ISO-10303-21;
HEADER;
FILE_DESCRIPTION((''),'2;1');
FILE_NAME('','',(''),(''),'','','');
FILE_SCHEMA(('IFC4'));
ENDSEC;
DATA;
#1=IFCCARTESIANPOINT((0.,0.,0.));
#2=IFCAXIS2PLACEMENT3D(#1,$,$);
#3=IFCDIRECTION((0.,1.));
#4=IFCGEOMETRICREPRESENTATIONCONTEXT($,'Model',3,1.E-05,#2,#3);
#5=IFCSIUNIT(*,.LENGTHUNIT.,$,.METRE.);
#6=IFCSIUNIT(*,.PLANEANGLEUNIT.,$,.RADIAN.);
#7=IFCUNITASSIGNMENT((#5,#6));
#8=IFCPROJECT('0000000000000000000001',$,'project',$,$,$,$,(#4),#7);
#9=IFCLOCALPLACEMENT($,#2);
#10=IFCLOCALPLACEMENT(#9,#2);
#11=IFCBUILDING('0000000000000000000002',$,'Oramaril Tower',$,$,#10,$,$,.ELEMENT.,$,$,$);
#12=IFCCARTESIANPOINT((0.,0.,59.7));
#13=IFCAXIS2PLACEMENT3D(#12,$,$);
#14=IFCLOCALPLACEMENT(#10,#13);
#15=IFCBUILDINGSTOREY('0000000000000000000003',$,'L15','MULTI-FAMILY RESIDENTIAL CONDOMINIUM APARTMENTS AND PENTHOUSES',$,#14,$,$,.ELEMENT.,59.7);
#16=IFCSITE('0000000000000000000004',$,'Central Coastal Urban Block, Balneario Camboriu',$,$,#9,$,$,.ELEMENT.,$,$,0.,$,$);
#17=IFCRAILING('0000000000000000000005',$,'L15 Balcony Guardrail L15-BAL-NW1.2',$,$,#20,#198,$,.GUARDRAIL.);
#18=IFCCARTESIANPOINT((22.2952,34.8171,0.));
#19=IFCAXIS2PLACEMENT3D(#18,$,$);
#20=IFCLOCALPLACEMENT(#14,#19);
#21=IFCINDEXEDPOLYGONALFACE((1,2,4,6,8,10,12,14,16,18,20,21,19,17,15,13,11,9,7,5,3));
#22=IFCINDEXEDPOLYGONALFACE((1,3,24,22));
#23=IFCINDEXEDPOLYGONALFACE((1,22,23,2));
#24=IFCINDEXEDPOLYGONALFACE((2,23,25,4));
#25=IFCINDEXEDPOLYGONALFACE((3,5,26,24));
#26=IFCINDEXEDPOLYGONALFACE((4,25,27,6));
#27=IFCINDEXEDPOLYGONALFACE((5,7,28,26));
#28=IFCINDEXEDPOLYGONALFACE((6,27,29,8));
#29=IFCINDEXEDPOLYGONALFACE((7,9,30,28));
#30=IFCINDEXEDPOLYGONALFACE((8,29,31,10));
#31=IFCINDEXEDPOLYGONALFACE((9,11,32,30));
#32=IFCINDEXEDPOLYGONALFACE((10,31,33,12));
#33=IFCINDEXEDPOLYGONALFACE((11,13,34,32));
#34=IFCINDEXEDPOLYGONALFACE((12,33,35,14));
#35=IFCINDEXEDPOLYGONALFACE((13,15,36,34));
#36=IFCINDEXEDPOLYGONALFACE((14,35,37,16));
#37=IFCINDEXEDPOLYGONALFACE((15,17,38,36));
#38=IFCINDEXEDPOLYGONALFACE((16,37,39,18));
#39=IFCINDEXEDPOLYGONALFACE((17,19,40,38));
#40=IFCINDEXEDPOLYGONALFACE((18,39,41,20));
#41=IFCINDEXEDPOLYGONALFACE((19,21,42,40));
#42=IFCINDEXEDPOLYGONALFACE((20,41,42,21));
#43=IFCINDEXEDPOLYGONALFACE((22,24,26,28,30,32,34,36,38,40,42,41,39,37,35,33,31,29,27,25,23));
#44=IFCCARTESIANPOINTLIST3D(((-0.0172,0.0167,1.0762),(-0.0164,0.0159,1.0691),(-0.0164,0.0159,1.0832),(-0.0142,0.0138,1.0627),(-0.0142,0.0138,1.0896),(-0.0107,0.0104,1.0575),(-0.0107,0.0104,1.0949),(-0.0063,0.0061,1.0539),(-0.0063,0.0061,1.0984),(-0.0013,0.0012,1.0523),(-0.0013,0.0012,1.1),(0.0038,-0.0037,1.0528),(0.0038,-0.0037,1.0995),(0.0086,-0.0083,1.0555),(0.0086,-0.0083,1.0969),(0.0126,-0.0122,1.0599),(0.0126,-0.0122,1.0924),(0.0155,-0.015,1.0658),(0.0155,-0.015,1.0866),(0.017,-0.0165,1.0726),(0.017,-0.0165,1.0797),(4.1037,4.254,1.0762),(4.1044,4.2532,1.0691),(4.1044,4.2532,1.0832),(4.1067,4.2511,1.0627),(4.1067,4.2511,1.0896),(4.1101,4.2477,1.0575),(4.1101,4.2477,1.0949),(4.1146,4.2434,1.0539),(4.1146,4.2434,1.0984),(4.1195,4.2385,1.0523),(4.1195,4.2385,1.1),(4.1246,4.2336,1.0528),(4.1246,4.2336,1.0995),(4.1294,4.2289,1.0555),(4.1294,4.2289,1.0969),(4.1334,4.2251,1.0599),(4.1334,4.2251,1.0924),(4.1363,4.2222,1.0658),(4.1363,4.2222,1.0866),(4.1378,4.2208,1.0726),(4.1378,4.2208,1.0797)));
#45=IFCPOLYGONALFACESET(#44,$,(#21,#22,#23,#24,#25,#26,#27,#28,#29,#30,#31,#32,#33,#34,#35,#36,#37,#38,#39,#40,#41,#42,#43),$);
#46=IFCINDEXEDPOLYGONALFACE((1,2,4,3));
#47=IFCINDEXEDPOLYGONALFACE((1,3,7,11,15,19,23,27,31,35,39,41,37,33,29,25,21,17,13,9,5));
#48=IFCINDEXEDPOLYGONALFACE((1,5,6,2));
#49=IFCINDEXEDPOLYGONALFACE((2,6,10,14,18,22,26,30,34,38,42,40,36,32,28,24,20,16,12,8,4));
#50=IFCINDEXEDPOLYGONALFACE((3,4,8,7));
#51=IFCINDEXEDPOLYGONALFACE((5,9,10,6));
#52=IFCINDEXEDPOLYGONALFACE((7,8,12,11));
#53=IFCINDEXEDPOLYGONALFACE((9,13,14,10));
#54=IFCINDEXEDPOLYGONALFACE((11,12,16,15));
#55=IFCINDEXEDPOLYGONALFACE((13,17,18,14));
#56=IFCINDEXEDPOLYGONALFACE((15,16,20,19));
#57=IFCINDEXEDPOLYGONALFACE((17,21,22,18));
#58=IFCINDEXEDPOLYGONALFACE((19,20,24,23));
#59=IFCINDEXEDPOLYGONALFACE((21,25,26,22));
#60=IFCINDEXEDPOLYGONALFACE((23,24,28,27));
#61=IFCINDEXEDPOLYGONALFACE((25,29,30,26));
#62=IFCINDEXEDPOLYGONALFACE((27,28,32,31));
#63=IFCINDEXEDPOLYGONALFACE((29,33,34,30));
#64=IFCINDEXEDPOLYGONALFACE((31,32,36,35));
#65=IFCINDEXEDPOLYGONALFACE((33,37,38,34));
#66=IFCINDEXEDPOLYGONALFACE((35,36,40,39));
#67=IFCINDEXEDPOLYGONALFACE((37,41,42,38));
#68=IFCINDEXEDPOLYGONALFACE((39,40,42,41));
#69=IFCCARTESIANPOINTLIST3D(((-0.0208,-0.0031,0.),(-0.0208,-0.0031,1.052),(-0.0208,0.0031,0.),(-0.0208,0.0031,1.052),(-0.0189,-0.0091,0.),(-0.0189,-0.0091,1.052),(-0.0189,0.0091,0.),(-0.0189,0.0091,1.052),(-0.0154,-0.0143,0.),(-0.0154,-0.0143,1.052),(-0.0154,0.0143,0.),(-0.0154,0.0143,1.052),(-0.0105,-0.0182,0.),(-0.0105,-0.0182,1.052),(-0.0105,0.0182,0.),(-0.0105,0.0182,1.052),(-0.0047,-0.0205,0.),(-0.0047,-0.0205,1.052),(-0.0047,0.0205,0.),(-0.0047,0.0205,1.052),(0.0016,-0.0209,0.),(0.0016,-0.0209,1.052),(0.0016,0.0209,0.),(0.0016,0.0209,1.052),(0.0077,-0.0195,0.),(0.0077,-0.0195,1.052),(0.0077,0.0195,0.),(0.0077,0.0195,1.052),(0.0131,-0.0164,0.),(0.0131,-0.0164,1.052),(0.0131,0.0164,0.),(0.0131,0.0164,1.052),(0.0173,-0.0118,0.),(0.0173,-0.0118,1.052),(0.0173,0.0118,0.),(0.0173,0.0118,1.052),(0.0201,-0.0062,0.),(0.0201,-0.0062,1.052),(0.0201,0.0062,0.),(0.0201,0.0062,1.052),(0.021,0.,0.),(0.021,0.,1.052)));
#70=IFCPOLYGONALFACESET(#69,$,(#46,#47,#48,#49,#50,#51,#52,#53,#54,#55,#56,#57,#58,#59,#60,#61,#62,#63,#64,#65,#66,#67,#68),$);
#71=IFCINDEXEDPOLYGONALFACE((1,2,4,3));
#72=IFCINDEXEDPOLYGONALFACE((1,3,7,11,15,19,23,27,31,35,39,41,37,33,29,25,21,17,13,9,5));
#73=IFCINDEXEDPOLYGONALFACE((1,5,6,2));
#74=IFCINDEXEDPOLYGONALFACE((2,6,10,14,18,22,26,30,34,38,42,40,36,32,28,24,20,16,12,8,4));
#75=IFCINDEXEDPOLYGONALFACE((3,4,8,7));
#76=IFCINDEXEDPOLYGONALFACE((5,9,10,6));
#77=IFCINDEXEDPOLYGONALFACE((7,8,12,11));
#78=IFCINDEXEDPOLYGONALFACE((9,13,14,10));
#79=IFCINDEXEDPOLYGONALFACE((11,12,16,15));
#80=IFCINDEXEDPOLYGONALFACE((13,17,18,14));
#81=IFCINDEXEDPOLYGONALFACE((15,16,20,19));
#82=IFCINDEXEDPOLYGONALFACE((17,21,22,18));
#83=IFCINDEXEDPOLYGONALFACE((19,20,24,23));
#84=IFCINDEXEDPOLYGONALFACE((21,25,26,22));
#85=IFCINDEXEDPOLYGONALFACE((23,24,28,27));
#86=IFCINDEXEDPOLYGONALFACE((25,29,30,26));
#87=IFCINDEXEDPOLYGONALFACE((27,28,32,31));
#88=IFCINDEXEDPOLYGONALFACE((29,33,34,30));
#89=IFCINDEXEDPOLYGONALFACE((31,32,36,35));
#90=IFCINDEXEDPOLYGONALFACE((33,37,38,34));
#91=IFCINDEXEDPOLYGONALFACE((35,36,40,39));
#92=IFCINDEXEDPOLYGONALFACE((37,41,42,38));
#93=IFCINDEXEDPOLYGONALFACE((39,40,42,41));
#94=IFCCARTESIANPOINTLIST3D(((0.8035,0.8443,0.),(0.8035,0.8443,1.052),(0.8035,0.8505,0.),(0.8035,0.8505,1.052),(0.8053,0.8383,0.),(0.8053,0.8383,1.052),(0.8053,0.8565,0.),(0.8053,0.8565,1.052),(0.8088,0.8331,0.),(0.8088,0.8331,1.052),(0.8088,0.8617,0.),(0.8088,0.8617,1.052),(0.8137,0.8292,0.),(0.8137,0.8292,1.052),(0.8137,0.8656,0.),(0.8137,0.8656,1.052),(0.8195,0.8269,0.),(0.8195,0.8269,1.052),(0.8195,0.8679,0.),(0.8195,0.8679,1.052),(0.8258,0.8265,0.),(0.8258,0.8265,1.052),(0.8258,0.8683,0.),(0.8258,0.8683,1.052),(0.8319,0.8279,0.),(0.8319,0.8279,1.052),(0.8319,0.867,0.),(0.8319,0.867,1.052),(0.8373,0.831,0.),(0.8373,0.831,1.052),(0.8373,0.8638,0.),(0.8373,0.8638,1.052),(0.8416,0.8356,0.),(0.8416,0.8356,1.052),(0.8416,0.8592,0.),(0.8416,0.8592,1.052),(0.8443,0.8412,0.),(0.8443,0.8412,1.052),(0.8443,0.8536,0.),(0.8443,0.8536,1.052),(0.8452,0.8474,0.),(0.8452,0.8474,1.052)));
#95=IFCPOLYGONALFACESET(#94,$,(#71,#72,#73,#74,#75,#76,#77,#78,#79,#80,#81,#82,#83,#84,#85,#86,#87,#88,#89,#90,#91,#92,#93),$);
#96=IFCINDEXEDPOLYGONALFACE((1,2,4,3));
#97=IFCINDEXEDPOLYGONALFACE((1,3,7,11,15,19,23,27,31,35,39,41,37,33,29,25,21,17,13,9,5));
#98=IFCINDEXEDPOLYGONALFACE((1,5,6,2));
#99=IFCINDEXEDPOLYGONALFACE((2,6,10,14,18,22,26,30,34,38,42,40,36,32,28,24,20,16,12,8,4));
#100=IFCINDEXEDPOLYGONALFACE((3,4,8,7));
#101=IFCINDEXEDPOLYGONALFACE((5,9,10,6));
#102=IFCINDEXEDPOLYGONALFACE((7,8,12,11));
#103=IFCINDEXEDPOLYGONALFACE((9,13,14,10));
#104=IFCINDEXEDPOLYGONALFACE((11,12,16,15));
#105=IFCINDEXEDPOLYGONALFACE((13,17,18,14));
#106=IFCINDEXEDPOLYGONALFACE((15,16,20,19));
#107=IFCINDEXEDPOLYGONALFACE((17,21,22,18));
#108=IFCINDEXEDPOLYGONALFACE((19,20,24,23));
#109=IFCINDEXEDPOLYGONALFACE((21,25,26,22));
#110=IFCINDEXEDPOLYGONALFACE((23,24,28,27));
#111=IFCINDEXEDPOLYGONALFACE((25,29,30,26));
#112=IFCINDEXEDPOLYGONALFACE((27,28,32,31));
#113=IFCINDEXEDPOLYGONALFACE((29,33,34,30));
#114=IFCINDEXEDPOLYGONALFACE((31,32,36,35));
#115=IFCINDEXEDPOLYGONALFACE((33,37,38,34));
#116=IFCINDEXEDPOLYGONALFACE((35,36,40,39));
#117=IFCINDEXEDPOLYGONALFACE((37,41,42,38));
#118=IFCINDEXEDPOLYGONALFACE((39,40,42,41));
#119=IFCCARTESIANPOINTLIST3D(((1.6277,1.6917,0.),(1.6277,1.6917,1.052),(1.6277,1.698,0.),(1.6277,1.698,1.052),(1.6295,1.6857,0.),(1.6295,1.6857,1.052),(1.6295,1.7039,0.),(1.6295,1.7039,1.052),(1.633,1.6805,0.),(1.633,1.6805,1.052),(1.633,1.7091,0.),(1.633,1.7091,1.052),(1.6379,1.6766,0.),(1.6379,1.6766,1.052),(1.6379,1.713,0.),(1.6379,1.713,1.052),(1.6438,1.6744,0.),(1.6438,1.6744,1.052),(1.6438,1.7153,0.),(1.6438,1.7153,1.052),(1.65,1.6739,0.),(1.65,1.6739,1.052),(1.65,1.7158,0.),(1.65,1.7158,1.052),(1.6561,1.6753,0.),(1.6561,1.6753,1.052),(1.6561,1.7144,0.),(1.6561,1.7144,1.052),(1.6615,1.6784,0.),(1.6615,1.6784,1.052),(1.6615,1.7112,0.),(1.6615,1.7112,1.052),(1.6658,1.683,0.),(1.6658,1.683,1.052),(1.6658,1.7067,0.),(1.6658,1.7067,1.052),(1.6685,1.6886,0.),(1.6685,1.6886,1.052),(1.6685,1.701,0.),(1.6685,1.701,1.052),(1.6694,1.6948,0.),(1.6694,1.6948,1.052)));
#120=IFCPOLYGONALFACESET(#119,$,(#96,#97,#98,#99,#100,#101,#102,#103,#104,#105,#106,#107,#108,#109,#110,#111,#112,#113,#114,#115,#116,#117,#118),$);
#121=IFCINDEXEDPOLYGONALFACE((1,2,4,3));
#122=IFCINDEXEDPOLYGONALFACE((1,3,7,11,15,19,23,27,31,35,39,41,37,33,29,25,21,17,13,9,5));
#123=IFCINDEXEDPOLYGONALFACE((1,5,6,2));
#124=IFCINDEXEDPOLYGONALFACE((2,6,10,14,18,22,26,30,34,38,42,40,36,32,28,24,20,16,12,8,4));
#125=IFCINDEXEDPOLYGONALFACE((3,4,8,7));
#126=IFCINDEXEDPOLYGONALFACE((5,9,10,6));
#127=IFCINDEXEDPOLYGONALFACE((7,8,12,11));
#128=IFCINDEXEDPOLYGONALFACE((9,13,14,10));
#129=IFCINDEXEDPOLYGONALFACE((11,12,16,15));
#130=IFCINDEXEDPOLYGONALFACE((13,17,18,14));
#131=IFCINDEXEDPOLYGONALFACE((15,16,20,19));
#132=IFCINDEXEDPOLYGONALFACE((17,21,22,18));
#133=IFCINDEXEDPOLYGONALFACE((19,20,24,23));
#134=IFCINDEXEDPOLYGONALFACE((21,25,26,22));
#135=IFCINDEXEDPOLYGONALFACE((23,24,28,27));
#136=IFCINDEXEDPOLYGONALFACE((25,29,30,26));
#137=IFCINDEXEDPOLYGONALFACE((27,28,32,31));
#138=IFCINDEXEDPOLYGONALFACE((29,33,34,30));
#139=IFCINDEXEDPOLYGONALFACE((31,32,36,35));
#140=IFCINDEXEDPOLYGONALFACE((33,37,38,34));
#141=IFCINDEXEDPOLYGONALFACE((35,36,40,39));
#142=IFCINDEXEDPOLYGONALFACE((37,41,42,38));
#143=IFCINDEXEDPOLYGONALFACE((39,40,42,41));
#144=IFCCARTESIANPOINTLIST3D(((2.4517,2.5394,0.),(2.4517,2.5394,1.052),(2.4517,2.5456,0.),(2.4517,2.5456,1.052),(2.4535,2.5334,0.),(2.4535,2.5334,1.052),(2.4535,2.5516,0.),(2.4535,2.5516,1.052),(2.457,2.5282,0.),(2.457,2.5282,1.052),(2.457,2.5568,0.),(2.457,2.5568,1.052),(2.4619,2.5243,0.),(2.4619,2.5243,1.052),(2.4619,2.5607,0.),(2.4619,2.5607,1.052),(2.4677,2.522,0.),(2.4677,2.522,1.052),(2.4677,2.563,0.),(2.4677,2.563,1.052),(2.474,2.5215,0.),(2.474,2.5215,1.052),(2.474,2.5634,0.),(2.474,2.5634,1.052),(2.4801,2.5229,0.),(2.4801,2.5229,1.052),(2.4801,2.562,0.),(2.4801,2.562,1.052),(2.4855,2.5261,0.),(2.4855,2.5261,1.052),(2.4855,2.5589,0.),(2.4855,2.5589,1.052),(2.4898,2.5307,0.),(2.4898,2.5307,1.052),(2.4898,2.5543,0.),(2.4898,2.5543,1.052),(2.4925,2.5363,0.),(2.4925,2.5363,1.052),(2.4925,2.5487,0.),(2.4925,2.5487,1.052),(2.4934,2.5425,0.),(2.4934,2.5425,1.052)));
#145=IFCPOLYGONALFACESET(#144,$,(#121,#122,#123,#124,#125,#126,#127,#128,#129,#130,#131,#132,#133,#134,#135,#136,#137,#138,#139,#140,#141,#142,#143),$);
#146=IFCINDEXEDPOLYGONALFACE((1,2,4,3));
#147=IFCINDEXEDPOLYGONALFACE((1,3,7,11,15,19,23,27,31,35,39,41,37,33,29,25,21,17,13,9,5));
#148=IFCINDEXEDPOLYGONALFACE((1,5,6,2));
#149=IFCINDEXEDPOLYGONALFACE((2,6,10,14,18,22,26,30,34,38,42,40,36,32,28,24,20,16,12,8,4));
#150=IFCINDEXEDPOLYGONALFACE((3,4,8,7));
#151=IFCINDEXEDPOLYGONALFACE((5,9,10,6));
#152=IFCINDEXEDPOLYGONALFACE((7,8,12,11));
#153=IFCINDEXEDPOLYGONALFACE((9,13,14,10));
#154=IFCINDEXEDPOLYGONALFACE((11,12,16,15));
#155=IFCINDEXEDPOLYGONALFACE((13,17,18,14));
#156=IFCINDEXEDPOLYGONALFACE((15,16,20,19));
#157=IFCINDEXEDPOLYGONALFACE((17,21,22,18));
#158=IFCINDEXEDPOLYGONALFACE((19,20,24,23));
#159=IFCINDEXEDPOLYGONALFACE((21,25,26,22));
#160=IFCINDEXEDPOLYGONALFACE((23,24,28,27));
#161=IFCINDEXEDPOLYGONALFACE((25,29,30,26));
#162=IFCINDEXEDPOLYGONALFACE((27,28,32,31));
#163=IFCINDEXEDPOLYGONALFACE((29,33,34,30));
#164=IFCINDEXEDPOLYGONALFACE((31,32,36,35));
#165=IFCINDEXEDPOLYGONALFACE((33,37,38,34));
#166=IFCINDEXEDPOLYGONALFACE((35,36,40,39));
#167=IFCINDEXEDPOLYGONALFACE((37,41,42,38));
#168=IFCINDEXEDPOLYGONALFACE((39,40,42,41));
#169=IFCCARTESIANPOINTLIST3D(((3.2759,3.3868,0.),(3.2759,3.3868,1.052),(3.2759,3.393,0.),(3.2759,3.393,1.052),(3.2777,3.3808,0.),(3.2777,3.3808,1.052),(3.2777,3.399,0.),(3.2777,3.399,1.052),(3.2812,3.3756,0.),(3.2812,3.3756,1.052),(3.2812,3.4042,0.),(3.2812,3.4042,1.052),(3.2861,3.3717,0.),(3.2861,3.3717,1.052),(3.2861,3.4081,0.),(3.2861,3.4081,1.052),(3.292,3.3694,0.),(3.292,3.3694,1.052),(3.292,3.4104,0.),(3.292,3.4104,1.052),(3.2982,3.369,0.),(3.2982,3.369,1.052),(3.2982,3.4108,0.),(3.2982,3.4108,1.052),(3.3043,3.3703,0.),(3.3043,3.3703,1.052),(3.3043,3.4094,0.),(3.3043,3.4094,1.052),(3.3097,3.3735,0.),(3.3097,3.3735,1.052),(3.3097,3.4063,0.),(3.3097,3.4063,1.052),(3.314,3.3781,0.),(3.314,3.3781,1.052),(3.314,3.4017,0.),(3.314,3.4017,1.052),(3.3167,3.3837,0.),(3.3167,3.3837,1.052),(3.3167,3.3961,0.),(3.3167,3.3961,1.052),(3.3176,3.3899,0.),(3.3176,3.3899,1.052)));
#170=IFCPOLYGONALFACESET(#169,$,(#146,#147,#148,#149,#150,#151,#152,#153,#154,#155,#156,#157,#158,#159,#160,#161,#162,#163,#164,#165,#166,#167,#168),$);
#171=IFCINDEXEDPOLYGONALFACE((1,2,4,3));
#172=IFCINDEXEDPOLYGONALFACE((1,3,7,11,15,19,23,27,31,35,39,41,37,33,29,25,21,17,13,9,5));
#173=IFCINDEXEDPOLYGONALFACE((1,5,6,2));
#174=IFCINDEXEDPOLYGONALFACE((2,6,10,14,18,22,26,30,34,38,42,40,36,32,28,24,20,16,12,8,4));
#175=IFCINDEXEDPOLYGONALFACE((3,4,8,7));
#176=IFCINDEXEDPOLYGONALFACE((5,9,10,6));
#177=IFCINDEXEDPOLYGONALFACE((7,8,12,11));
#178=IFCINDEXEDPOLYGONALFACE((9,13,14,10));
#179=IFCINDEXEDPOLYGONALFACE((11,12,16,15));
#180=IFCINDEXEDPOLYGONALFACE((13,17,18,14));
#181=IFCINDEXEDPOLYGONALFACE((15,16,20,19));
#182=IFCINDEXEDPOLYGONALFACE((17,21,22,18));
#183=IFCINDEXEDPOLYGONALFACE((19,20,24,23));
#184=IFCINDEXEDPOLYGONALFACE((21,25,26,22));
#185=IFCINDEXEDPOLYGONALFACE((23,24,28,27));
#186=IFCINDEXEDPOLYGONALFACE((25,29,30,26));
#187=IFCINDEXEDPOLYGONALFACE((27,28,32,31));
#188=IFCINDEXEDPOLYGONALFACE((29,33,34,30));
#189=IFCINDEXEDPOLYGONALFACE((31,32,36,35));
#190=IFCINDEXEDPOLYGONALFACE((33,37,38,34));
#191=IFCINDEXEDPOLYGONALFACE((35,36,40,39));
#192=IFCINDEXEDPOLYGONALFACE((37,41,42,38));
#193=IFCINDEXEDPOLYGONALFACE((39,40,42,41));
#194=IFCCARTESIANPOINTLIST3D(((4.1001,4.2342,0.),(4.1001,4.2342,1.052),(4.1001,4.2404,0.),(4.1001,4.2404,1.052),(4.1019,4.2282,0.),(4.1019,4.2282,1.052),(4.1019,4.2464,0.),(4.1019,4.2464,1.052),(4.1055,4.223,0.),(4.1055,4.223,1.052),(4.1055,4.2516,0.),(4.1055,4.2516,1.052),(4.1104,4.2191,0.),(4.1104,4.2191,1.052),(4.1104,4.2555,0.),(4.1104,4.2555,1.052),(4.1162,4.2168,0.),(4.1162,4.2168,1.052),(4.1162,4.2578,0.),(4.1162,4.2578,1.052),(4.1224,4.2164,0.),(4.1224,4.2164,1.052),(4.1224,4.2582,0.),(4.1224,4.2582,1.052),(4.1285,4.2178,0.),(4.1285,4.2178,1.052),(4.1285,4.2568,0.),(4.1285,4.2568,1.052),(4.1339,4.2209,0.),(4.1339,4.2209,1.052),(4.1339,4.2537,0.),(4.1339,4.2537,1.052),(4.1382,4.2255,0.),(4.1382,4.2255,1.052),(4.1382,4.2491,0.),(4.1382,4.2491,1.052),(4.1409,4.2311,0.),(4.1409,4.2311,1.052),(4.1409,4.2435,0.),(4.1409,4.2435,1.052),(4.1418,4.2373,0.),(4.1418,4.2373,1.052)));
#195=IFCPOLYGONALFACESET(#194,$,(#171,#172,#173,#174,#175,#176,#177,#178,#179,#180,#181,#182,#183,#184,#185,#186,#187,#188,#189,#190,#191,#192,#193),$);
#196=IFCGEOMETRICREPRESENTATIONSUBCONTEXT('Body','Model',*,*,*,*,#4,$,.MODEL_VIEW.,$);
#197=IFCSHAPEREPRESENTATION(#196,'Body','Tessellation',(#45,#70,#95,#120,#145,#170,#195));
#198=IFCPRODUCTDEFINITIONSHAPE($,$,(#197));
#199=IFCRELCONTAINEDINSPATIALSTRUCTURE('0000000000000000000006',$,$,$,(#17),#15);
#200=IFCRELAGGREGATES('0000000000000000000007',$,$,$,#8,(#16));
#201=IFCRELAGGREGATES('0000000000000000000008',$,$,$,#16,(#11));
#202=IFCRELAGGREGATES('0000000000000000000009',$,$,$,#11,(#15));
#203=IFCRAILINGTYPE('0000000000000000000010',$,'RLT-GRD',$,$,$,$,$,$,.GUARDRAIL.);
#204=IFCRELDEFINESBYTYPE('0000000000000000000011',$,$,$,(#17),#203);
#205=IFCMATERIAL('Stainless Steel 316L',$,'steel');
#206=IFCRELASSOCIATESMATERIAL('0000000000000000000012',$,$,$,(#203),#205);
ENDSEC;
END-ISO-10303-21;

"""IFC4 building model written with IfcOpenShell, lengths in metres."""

from ifc_helpers import new_model, si_unit, direction, frame, origin, origin_2d, place, context, subcontext, project, spatial, circle, extrude, material, type_object, element, save


model = new_model("IFC4")

# Units and contexts
model_context = context("Model", 3, precision=1e-05, world=origin(), true_north=direction((0.0, 1.0)))
body_context = subcontext(model_context, "Body", "Model", "MODEL_VIEW")
ifc_project = project(units=[si_unit("LENGTHUNIT", "METRE"), si_unit("PLANEANGLEUNIT", "RADIAN")], contexts=[model_context])

# Site, building, storey
site_placement = place(None, origin())
site = spatial("IfcSite", under=ifc_project, at=site_placement, Name="Central Coastal Urban Block, Balneario Camboriu", CompositionType="ELEMENT", RefElevation=0.0)
building_placement = place(site_placement, origin())
building = spatial("IfcBuilding", under=site, at=building_placement, Name="Oramaril Tower", CompositionType="ELEMENT")
storey_placement = place(building_placement, frame((0.0, 0.0, 59.7)))
storey = spatial("IfcBuildingStorey", under=building, at=storey_placement, Name="L15", Description="MULTI-FAMILY RESIDENTIAL CONDOMINIUM APARTMENTS AND PENTHOUSES", CompositionType="ELEMENT", Elevation=59.7)

# Railing
ifc_material_1 = material(Name="Stainless Steel 316L", Category="steel")
railing_type = type_object("IfcRailingType", Name="RLT-GRD", PredefinedType="GUARDRAIL", material=ifc_material_1)
railing_1_placement = place(storey_placement, frame((22.2952, 34.8171, 0.0)))
element("IfcRailing", 1, at=railing_1_placement, inside=storey, type_object=railing_type, Name="L15 Balcony Guardrail L15-BAL-NW1.2", PredefinedType="GUARDRAIL", context=body_context, shape_type="SweptSolid", body=[
    extrude(circle(Radius=0.0239, at=origin_2d()), frame((0.0, 0.0, 1.0762), z_axis=(0.697187, 0.716889, 0.0), x_axis=(-0.716889, 0.697187, 0.0)), (0.0, 0.0, 1.0), 5.9106),
    extrude(circle(Radius=0.021, at=origin_2d()), origin(), (0.0, 0.0, 1.0), 1.052),
    extrude(circle(Radius=0.021, at=origin_2d()), frame((0.8242, 0.8474, 0.0)), (0.0, 0.0, 1.0), 1.052),
    extrude(circle(Radius=0.021, at=origin_2d()), frame((1.6484, 1.6948, 0.0)), (0.0, 0.0, 1.0), 1.052),
    extrude(circle(Radius=0.021, at=origin_2d()), frame((2.4724, 2.5425, 0.0)), (0.0, 0.0, 1.0), 1.052),
    extrude(circle(Radius=0.021, at=origin_2d()), frame((3.2966, 3.3899, 0.0)), (0.0, 0.0, 1.0), 1.052),
    extrude(circle(Radius=0.021, at=origin_2d()), frame((4.1208, 4.2373, 0.0)), (0.0, 0.0, 1.0), 1.052),
])

save(model, "model.ifc")
